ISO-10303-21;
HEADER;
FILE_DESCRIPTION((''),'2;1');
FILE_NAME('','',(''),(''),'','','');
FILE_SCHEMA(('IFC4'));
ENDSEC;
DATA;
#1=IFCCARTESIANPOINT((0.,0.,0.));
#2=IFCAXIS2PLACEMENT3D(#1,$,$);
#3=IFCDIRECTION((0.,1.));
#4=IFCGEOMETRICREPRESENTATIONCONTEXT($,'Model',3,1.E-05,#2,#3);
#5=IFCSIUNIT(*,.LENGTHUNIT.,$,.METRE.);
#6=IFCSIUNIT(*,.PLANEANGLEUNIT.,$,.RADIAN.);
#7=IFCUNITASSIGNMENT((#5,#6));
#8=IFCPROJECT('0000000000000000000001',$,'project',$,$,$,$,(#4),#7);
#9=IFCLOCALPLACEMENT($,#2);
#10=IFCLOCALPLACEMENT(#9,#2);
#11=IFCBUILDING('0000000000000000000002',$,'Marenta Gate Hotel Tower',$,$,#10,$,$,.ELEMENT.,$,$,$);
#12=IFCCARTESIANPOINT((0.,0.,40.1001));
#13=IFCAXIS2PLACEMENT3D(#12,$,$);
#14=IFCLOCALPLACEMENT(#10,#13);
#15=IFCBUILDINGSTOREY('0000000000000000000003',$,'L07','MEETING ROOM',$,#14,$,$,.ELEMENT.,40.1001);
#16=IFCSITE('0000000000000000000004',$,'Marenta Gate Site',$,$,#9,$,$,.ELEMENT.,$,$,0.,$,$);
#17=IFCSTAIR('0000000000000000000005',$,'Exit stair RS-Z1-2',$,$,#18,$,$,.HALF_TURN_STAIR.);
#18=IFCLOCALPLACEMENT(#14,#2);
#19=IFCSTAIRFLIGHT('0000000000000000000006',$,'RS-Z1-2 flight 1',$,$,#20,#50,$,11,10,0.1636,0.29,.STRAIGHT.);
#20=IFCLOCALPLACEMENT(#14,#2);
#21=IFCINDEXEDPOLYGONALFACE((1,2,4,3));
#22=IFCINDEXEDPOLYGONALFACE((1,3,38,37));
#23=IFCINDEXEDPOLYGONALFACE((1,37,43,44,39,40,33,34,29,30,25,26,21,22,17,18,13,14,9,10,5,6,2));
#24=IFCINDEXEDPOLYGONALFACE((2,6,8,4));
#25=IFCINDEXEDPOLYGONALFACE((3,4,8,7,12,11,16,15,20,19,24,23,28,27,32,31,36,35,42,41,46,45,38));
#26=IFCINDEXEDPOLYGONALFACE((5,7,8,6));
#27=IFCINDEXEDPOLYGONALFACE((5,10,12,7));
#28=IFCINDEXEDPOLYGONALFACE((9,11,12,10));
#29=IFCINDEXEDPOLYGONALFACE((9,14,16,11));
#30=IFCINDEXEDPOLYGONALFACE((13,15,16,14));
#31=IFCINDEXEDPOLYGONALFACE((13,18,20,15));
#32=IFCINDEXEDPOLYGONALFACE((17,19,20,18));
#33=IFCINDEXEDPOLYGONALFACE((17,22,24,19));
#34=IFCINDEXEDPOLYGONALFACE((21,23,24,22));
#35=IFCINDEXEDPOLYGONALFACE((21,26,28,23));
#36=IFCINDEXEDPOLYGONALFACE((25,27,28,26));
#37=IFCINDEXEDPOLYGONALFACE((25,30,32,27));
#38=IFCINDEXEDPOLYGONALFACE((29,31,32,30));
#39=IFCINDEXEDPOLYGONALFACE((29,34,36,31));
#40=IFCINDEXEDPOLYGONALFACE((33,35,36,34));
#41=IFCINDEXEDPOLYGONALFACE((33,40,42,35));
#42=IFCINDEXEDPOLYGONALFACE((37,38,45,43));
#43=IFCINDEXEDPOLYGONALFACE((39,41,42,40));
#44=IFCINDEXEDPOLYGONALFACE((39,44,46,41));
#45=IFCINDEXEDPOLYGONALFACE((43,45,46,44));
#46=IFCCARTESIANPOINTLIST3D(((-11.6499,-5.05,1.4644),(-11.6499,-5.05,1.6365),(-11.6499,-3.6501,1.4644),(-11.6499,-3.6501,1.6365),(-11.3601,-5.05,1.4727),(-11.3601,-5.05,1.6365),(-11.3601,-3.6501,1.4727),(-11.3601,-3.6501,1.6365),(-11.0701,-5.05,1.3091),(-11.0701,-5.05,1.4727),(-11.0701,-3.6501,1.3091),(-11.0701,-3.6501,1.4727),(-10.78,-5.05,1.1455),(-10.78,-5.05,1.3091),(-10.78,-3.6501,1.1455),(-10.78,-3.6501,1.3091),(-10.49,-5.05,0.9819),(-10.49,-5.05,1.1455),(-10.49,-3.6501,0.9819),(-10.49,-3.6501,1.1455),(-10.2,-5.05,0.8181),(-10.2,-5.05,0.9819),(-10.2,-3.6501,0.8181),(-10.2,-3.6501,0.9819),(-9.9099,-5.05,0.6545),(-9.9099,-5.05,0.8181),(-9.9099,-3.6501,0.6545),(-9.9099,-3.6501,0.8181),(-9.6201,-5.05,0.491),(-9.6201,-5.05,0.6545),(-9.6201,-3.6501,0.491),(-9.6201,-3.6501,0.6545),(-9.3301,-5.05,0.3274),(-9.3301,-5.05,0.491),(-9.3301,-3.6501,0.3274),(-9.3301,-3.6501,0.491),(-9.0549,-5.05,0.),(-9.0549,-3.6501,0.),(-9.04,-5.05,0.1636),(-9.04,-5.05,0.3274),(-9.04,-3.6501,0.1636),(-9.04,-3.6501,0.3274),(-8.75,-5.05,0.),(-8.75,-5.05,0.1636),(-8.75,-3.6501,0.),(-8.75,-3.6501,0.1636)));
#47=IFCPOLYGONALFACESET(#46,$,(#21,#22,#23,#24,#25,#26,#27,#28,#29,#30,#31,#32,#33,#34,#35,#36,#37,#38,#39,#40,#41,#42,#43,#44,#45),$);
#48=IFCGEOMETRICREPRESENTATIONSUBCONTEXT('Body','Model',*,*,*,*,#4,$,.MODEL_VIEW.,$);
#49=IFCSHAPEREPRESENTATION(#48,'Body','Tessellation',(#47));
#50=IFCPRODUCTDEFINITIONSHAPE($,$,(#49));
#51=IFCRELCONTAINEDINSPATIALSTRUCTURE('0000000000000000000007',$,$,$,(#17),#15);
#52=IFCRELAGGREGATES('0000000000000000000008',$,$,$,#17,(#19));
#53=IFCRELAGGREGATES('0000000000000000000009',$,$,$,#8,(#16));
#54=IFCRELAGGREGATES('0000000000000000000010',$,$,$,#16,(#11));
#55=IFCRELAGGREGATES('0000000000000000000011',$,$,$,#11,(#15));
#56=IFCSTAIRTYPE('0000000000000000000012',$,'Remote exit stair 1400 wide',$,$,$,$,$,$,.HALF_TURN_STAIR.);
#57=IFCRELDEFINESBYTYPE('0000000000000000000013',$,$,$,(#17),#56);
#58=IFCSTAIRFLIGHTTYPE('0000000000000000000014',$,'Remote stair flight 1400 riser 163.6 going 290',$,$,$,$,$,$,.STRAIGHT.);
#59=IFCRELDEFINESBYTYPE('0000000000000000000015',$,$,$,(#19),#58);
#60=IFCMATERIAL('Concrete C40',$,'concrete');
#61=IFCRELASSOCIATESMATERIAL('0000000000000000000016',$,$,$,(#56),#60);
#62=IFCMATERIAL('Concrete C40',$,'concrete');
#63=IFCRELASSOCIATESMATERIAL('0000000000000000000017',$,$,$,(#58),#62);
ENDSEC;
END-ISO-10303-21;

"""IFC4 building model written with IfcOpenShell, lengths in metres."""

from ifc_helpers import new_model, si_unit, direction, frame, origin, place, context, subcontext, project, spatial, polyline, outline, extrude, material, type_object, element, aggregate, save


model = new_model("IFC4")

# Units and contexts
model_context = context("Model", 3, precision=1e-05, world=origin(), true_north=direction((0.0, 1.0)))
body_context = subcontext(model_context, "Body", "Model", "MODEL_VIEW")
ifc_project = project(units=[si_unit("LENGTHUNIT", "METRE"), si_unit("PLANEANGLEUNIT", "RADIAN")], contexts=[model_context])

# Site, building, storey
site_placement = place(None, origin())
site = spatial("IfcSite", under=ifc_project, at=site_placement, Name="Marenta Gate Site", CompositionType="ELEMENT", RefElevation=0.0)
building_placement = place(site_placement, origin())
building = spatial("IfcBuilding", under=site, at=building_placement, Name="Marenta Gate Hotel Tower", CompositionType="ELEMENT")
storey_placement = place(building_placement, frame((0.0, 0.0, 40.1001)))
storey = spatial("IfcBuildingStorey", under=building, at=storey_placement, Name="L07", Description="MEETING ROOM", CompositionType="ELEMENT", Elevation=40.1001)

# Stair, stair flight
ifc_material_1 = material(Name="Concrete C40", Category="concrete")
stair_type = type_object("IfcStairType", Name="Remote exit stair 1400 wide", PredefinedType="HALF_TURN_STAIR", material=ifc_material_1)
stair_placement = place(storey_placement, origin())
stair = element("IfcStair", 1, at=stair_placement, inside=storey, type_object=stair_type, Name="Exit stair RS-Z1-2", PredefinedType="HALF_TURN_STAIR")
ifc_material_2 = material(Name="Concrete C40", Category="concrete")
stair_flight_type = type_object("IfcStairFlightType", Name="Remote stair flight 1400 riser 163.6 going 290", PredefinedType="STRAIGHT", material=ifc_material_2)
stair_flight_placement = place(storey_placement, frame((-8.75, -4.3501, 0.0), z_axis=(0.0, 0.0, 1.0), x_axis=(-1.0, 0.0, 0.0)))
stair_flight = element("IfcStairFlight", 2, at=stair_flight_placement, type_object=stair_flight_type, Name="RS-Z1-2 flight 1", NumberOfRisers=11, NumberOfTreads=10, PredefinedType="STRAIGHT", RiserHeight=0.1636, TreadLength=0.29, context=body_context, shape_type="SweptSolid", body=[
    extrude(outline(polyline([(0.0, 0.0), (0.0, 0.1636), (0.29, 0.1636), (0.29, 0.3274), (0.5801, 0.3274), (0.5801, 0.491), (0.8701, 0.491), (0.8701, 0.6545), (1.1599, 0.6545), (1.1599, 0.8181), (1.45, 0.8181), (1.45, 0.9819), (1.74, 0.9819), (1.74, 1.1455), (2.03, 1.1455), (2.03, 1.3091), (2.3201, 1.3091), (2.3201, 1.4727), (2.6101, 1.4727), (2.6101, 1.6365), (2.8999, 1.6365), (2.8999, 1.8), (2.8999, 1.4644), (0.3049, 0.0), (0.0, 0.0)])), frame((0.0, 0.7, 0.0), z_axis=(0.0, -1.0, 0.0), x_axis=(1.0, 0.0, 0.0)), (0.0, 0.0, 1.0), 1.3999),
])
aggregate(stair, [stair_flight])

save(model, "model.ifc")
